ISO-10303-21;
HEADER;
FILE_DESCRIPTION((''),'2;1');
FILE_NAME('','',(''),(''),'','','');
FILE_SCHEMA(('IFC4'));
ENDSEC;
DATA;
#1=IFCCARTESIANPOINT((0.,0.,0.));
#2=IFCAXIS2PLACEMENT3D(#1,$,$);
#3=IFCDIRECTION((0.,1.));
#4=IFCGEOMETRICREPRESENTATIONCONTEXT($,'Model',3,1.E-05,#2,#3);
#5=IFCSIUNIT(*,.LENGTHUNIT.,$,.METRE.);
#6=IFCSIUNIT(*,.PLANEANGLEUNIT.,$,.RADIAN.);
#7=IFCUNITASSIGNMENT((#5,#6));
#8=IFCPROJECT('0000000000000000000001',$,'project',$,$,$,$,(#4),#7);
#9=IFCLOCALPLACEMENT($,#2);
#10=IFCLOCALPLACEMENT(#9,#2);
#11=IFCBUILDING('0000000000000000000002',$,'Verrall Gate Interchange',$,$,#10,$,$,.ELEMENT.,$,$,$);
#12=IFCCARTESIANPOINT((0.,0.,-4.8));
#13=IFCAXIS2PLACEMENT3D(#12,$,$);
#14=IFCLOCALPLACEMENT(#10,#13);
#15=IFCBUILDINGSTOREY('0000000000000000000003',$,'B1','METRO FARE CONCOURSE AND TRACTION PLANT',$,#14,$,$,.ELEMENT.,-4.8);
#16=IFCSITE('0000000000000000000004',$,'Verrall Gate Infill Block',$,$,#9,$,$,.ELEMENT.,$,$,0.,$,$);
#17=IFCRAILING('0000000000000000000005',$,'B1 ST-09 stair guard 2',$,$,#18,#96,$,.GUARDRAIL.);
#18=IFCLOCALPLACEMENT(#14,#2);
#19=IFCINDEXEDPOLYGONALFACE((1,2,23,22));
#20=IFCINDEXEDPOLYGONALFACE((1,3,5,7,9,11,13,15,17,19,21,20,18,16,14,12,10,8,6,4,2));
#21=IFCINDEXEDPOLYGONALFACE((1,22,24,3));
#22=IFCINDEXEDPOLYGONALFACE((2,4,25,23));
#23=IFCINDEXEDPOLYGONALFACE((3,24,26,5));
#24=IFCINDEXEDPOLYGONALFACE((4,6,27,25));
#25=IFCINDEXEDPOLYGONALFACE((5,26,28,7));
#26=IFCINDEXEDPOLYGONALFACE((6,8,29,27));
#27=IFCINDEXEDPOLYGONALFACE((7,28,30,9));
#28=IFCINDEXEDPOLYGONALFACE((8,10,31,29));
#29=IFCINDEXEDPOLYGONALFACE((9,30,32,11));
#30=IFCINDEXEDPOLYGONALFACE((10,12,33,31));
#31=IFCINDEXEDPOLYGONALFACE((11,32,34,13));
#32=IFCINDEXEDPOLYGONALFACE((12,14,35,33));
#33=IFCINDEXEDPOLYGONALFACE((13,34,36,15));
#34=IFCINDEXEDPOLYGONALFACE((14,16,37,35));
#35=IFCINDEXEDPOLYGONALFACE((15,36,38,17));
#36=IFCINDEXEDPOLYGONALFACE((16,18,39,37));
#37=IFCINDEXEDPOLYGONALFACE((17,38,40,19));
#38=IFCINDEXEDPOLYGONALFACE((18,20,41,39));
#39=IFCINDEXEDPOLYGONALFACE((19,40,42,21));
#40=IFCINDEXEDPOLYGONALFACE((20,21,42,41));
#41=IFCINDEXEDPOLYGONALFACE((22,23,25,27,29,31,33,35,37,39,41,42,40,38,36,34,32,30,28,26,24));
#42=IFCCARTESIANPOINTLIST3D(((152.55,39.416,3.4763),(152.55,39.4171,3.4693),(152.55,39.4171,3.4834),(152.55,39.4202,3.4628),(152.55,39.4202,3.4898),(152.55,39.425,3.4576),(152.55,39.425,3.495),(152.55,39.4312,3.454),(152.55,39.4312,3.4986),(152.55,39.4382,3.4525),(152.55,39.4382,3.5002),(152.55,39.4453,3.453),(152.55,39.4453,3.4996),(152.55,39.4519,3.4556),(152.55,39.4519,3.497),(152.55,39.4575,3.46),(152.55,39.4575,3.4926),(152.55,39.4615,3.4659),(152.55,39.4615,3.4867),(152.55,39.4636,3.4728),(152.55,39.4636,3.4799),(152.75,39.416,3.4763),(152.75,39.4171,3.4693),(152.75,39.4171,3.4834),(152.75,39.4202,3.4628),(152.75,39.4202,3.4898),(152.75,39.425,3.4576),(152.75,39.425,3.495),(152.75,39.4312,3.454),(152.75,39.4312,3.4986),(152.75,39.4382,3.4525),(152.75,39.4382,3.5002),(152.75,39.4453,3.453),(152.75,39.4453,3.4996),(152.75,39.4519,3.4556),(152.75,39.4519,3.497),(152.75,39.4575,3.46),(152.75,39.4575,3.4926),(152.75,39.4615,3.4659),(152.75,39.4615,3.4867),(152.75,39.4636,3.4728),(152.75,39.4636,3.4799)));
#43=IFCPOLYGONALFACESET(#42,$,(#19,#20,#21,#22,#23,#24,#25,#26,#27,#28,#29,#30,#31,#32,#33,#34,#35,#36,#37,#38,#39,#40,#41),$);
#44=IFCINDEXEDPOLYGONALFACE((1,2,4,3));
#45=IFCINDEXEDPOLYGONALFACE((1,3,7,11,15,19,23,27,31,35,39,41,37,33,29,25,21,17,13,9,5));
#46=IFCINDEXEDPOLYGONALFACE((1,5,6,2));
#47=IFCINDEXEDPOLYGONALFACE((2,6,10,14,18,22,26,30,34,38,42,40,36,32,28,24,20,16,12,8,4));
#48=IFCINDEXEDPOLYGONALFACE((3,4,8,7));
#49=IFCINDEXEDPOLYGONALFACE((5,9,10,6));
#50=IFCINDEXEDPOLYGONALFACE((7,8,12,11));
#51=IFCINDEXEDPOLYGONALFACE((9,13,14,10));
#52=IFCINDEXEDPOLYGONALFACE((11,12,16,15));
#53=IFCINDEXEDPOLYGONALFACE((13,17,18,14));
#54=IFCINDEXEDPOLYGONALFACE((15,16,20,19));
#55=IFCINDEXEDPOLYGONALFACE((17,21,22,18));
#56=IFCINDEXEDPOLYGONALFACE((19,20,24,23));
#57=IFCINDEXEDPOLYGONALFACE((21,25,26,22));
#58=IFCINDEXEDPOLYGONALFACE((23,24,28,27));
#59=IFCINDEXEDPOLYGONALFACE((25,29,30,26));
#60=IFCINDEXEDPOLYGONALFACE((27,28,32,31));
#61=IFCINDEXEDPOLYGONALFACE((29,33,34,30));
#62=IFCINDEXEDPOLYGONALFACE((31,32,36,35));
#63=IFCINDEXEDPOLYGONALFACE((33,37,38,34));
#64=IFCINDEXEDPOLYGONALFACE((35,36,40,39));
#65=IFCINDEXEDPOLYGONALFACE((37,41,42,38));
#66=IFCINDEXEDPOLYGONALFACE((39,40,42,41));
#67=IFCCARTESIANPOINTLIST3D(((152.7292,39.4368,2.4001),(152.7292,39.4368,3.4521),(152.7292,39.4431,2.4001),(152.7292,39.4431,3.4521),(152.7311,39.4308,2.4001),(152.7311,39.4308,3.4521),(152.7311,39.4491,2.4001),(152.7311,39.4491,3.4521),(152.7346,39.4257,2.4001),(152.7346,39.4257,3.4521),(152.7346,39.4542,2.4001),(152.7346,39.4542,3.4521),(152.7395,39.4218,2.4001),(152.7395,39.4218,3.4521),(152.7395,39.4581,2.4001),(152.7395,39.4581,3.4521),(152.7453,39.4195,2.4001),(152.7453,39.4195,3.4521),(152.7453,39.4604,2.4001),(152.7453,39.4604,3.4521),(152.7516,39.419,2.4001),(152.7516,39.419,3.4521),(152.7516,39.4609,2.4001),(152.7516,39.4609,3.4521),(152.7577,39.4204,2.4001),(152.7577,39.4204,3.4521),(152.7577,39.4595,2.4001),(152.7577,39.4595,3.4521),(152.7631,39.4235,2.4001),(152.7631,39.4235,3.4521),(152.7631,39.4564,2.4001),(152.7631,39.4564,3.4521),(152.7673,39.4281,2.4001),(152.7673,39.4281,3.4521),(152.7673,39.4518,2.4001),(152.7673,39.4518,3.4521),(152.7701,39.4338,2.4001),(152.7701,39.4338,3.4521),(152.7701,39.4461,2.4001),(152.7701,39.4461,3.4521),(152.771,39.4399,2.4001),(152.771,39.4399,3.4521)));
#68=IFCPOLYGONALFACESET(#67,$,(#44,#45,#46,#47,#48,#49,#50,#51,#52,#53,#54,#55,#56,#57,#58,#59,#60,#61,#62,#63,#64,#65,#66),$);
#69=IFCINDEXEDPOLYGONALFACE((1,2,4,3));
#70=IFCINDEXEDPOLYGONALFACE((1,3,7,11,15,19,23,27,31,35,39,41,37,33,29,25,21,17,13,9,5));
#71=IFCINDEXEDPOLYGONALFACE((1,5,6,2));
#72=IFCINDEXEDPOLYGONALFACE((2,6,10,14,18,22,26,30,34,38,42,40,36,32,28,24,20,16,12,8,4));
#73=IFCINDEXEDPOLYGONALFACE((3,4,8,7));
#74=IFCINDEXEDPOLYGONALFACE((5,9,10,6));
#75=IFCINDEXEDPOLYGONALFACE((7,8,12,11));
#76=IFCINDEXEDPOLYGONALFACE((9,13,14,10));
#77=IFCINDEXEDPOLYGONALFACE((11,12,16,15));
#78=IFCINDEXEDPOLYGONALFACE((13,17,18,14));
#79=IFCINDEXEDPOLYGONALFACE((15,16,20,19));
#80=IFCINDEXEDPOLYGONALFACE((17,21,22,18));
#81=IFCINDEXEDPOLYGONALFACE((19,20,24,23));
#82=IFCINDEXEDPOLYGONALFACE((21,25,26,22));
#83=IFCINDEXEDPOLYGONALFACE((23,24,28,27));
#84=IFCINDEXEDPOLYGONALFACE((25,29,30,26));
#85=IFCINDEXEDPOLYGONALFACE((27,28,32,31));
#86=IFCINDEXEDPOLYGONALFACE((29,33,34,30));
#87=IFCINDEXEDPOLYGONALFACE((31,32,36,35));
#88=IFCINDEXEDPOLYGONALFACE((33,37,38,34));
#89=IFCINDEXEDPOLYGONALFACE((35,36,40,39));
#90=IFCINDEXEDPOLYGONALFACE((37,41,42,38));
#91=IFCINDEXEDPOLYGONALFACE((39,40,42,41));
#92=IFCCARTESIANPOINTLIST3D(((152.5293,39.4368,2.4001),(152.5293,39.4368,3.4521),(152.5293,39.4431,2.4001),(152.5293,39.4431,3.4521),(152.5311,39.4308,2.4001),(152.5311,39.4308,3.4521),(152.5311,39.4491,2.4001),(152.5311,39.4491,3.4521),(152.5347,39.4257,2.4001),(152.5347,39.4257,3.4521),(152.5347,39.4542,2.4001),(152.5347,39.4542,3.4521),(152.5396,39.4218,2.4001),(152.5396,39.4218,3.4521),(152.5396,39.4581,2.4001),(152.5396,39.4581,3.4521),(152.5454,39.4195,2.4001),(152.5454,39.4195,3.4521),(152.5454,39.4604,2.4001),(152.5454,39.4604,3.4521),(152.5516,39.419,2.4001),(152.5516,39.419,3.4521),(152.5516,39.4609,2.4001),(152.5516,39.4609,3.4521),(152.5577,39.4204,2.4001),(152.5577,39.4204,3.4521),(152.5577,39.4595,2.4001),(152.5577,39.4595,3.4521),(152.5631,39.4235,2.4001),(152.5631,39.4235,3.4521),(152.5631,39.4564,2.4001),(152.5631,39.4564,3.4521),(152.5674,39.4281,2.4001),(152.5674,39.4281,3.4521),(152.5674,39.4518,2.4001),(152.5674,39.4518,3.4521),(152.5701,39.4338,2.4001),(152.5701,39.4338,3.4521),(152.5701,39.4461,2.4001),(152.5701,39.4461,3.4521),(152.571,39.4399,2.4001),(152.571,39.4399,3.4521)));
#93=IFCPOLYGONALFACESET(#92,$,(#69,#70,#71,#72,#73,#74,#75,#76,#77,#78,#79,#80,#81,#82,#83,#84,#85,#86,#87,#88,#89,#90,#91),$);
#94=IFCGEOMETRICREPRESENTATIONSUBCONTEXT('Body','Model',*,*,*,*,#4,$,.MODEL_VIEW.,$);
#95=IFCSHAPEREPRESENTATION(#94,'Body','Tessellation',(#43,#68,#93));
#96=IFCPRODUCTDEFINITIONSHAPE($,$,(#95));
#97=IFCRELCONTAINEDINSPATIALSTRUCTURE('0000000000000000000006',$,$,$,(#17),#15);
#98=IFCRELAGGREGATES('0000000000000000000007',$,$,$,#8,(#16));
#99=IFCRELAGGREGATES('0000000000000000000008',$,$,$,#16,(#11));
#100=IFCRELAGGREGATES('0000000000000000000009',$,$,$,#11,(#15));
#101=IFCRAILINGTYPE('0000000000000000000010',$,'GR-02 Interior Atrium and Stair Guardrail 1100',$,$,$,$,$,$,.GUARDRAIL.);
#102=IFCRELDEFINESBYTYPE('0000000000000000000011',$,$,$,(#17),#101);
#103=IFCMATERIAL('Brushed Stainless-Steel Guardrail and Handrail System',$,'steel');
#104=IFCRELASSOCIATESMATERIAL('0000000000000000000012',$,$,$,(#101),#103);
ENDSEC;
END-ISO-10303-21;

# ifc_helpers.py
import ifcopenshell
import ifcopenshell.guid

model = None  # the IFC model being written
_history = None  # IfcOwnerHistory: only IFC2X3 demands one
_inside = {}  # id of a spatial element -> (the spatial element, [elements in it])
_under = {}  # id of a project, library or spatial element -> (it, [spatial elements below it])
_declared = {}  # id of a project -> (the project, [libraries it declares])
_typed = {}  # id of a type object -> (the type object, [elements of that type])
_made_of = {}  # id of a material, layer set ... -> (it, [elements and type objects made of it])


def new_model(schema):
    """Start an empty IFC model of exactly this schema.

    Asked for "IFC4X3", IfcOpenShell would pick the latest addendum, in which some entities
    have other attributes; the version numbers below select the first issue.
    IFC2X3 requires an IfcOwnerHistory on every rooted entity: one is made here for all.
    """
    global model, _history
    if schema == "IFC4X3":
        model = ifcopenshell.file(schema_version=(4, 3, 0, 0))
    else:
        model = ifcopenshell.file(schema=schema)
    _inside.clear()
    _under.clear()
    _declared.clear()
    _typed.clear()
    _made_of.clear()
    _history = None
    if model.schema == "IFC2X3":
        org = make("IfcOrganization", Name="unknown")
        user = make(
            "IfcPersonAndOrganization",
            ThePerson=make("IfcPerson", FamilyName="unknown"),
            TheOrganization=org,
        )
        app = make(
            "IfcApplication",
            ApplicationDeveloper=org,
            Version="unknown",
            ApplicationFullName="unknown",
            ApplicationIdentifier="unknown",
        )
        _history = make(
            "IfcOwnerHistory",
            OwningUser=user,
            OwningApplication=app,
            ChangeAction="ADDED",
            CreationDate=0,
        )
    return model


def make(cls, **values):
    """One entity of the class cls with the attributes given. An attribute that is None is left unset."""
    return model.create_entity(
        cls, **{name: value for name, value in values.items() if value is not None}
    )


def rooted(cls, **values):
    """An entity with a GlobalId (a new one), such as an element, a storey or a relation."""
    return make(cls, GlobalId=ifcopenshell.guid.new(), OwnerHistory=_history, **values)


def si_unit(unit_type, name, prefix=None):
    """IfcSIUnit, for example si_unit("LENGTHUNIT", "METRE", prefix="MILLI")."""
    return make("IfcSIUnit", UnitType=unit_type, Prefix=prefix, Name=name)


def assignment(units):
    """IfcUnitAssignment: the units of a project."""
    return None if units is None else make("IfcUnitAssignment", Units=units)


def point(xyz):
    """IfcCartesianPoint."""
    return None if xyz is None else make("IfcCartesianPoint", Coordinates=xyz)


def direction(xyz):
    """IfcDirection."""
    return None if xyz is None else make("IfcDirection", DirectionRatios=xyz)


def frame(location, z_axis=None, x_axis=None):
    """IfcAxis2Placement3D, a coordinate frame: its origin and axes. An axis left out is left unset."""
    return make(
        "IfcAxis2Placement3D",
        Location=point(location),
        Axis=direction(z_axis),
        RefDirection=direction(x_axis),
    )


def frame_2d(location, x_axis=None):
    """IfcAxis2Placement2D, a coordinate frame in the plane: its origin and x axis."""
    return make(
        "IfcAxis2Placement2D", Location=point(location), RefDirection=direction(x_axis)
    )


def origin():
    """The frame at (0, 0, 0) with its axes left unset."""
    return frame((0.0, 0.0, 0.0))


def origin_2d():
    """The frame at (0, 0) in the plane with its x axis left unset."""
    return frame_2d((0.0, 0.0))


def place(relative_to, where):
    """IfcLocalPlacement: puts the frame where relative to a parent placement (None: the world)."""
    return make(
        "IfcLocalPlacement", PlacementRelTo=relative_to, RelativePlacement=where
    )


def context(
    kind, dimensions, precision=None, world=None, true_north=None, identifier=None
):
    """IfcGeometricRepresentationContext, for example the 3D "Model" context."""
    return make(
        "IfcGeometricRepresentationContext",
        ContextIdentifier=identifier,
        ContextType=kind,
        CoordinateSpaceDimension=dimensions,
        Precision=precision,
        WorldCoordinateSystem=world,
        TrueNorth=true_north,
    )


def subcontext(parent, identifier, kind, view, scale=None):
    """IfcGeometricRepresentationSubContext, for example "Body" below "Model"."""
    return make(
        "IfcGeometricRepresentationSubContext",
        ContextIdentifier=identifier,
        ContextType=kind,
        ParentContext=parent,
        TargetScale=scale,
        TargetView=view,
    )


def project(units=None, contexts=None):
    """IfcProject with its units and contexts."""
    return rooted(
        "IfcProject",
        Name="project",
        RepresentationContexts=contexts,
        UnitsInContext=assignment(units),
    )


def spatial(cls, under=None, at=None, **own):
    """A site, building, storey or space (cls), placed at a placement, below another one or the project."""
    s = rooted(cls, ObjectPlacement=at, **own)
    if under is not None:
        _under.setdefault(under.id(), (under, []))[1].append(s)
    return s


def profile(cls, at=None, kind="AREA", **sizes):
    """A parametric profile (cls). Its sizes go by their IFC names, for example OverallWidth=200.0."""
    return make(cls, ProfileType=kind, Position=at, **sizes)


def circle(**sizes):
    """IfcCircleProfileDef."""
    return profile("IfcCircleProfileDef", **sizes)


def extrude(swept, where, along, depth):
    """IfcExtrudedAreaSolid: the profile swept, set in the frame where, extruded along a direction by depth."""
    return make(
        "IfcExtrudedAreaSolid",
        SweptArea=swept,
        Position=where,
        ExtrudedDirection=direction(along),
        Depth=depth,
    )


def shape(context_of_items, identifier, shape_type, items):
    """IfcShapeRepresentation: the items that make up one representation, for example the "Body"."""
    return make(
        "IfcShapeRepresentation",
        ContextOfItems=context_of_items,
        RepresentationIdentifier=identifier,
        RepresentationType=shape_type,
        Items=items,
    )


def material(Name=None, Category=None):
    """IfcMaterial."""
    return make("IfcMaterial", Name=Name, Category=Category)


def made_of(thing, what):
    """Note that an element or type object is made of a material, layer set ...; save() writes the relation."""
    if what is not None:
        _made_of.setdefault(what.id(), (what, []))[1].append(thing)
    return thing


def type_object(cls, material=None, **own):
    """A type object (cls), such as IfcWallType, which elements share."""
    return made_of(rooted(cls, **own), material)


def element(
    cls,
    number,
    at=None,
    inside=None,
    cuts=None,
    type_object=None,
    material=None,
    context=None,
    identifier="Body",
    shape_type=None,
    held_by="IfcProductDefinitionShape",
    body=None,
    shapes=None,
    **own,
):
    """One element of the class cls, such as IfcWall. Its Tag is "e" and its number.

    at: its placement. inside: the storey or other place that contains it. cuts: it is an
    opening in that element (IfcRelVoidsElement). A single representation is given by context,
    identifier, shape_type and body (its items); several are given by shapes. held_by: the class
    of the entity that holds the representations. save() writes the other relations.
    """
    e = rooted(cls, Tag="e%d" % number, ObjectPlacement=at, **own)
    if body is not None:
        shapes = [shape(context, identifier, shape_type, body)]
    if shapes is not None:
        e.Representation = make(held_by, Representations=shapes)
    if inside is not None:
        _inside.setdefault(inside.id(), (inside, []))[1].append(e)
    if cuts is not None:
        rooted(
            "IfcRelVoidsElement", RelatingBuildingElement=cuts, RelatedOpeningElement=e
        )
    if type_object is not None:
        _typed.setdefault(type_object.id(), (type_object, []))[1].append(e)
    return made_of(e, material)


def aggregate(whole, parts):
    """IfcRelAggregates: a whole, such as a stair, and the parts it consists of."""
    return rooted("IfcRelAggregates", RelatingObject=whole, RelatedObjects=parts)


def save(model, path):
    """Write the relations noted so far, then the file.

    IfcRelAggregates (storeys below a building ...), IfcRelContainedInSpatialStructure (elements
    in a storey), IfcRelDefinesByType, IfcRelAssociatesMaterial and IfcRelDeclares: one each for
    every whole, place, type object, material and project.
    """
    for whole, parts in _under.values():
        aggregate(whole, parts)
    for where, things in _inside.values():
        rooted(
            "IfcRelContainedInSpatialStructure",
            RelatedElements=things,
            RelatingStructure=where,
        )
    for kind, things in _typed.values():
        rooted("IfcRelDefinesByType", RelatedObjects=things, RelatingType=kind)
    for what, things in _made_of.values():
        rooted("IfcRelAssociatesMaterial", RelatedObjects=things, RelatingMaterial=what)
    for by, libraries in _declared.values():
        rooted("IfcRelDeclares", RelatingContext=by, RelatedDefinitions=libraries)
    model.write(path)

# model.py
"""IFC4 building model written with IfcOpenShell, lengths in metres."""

from ifc_helpers import new_model, si_unit, direction, frame, origin, origin_2d, place, context, subcontext, project, spatial, circle, extrude, material, type_object, element, save


model = new_model("IFC4")

# Units and contexts
model_context = context("Model", 3, precision=1e-05, world=origin(), true_north=direction((0.0, 1.0)))
body_context = subcontext(model_context, "Body", "Model", "MODEL_VIEW")
ifc_project = project(units=[si_unit("LENGTHUNIT", "METRE"), si_unit("PLANEANGLEUNIT", "RADIAN")], contexts=[model_context])

# Site, building, storey
site_placement = place(None, origin())
site = spatial("IfcSite", under=ifc_project, at=site_placement, Name="Verrall Gate Infill Block", CompositionType="ELEMENT", RefElevation=0.0)
building_placement = place(site_placement, origin())
building = spatial("IfcBuilding", under=site, at=building_placement, Name="Verrall Gate Interchange", CompositionType="ELEMENT")
storey_placement = place(building_placement, frame((0.0, 0.0, -4.8)))
storey = spatial("IfcBuildingStorey", under=building, at=storey_placement, Name="B1", Description="METRO FARE CONCOURSE AND TRACTION PLANT", CompositionType="ELEMENT", Elevation=-4.8)

# Railing
ifc_material_1 = material(Name="Brushed Stainless-Steel Guardrail and Handrail System", Category="steel")
railing_type_1 = type_object("IfcRailingType", Name="GR-02 Interior Atrium and Stair Guardrail 1100", PredefinedType="GUARDRAIL", material=ifc_material_1)
railing_1_placement = place(storey_placement, frame((152.75, 39.4399, 2.4001)))
element("IfcRailing", 1, at=railing_1_placement, inside=storey, type_object=railing_type_1, Name="B1 ST-09 stair guard 2", PredefinedType="GUARDRAIL", context=body_context, shape_type="SweptSolid", body=[
    extrude(circle(Radius=0.0239, at=origin_2d()), frame((0.0, 0.0, 1.0762), z_axis=(-1.0, 0.0, 0.0), x_axis=(0.0, -1.0, 0.0)), (0.0, 0.0, 1.0), 0.2),
    extrude(circle(Radius=0.021, at=origin_2d()), origin(), (0.0, 0.0, 1.0), 1.052),
    extrude(circle(Radius=0.021, at=origin_2d()), frame((-0.2, 0.0, 0.0)), (0.0, 0.0, 1.0), 1.052),
])

save(model, "model.ifc")
